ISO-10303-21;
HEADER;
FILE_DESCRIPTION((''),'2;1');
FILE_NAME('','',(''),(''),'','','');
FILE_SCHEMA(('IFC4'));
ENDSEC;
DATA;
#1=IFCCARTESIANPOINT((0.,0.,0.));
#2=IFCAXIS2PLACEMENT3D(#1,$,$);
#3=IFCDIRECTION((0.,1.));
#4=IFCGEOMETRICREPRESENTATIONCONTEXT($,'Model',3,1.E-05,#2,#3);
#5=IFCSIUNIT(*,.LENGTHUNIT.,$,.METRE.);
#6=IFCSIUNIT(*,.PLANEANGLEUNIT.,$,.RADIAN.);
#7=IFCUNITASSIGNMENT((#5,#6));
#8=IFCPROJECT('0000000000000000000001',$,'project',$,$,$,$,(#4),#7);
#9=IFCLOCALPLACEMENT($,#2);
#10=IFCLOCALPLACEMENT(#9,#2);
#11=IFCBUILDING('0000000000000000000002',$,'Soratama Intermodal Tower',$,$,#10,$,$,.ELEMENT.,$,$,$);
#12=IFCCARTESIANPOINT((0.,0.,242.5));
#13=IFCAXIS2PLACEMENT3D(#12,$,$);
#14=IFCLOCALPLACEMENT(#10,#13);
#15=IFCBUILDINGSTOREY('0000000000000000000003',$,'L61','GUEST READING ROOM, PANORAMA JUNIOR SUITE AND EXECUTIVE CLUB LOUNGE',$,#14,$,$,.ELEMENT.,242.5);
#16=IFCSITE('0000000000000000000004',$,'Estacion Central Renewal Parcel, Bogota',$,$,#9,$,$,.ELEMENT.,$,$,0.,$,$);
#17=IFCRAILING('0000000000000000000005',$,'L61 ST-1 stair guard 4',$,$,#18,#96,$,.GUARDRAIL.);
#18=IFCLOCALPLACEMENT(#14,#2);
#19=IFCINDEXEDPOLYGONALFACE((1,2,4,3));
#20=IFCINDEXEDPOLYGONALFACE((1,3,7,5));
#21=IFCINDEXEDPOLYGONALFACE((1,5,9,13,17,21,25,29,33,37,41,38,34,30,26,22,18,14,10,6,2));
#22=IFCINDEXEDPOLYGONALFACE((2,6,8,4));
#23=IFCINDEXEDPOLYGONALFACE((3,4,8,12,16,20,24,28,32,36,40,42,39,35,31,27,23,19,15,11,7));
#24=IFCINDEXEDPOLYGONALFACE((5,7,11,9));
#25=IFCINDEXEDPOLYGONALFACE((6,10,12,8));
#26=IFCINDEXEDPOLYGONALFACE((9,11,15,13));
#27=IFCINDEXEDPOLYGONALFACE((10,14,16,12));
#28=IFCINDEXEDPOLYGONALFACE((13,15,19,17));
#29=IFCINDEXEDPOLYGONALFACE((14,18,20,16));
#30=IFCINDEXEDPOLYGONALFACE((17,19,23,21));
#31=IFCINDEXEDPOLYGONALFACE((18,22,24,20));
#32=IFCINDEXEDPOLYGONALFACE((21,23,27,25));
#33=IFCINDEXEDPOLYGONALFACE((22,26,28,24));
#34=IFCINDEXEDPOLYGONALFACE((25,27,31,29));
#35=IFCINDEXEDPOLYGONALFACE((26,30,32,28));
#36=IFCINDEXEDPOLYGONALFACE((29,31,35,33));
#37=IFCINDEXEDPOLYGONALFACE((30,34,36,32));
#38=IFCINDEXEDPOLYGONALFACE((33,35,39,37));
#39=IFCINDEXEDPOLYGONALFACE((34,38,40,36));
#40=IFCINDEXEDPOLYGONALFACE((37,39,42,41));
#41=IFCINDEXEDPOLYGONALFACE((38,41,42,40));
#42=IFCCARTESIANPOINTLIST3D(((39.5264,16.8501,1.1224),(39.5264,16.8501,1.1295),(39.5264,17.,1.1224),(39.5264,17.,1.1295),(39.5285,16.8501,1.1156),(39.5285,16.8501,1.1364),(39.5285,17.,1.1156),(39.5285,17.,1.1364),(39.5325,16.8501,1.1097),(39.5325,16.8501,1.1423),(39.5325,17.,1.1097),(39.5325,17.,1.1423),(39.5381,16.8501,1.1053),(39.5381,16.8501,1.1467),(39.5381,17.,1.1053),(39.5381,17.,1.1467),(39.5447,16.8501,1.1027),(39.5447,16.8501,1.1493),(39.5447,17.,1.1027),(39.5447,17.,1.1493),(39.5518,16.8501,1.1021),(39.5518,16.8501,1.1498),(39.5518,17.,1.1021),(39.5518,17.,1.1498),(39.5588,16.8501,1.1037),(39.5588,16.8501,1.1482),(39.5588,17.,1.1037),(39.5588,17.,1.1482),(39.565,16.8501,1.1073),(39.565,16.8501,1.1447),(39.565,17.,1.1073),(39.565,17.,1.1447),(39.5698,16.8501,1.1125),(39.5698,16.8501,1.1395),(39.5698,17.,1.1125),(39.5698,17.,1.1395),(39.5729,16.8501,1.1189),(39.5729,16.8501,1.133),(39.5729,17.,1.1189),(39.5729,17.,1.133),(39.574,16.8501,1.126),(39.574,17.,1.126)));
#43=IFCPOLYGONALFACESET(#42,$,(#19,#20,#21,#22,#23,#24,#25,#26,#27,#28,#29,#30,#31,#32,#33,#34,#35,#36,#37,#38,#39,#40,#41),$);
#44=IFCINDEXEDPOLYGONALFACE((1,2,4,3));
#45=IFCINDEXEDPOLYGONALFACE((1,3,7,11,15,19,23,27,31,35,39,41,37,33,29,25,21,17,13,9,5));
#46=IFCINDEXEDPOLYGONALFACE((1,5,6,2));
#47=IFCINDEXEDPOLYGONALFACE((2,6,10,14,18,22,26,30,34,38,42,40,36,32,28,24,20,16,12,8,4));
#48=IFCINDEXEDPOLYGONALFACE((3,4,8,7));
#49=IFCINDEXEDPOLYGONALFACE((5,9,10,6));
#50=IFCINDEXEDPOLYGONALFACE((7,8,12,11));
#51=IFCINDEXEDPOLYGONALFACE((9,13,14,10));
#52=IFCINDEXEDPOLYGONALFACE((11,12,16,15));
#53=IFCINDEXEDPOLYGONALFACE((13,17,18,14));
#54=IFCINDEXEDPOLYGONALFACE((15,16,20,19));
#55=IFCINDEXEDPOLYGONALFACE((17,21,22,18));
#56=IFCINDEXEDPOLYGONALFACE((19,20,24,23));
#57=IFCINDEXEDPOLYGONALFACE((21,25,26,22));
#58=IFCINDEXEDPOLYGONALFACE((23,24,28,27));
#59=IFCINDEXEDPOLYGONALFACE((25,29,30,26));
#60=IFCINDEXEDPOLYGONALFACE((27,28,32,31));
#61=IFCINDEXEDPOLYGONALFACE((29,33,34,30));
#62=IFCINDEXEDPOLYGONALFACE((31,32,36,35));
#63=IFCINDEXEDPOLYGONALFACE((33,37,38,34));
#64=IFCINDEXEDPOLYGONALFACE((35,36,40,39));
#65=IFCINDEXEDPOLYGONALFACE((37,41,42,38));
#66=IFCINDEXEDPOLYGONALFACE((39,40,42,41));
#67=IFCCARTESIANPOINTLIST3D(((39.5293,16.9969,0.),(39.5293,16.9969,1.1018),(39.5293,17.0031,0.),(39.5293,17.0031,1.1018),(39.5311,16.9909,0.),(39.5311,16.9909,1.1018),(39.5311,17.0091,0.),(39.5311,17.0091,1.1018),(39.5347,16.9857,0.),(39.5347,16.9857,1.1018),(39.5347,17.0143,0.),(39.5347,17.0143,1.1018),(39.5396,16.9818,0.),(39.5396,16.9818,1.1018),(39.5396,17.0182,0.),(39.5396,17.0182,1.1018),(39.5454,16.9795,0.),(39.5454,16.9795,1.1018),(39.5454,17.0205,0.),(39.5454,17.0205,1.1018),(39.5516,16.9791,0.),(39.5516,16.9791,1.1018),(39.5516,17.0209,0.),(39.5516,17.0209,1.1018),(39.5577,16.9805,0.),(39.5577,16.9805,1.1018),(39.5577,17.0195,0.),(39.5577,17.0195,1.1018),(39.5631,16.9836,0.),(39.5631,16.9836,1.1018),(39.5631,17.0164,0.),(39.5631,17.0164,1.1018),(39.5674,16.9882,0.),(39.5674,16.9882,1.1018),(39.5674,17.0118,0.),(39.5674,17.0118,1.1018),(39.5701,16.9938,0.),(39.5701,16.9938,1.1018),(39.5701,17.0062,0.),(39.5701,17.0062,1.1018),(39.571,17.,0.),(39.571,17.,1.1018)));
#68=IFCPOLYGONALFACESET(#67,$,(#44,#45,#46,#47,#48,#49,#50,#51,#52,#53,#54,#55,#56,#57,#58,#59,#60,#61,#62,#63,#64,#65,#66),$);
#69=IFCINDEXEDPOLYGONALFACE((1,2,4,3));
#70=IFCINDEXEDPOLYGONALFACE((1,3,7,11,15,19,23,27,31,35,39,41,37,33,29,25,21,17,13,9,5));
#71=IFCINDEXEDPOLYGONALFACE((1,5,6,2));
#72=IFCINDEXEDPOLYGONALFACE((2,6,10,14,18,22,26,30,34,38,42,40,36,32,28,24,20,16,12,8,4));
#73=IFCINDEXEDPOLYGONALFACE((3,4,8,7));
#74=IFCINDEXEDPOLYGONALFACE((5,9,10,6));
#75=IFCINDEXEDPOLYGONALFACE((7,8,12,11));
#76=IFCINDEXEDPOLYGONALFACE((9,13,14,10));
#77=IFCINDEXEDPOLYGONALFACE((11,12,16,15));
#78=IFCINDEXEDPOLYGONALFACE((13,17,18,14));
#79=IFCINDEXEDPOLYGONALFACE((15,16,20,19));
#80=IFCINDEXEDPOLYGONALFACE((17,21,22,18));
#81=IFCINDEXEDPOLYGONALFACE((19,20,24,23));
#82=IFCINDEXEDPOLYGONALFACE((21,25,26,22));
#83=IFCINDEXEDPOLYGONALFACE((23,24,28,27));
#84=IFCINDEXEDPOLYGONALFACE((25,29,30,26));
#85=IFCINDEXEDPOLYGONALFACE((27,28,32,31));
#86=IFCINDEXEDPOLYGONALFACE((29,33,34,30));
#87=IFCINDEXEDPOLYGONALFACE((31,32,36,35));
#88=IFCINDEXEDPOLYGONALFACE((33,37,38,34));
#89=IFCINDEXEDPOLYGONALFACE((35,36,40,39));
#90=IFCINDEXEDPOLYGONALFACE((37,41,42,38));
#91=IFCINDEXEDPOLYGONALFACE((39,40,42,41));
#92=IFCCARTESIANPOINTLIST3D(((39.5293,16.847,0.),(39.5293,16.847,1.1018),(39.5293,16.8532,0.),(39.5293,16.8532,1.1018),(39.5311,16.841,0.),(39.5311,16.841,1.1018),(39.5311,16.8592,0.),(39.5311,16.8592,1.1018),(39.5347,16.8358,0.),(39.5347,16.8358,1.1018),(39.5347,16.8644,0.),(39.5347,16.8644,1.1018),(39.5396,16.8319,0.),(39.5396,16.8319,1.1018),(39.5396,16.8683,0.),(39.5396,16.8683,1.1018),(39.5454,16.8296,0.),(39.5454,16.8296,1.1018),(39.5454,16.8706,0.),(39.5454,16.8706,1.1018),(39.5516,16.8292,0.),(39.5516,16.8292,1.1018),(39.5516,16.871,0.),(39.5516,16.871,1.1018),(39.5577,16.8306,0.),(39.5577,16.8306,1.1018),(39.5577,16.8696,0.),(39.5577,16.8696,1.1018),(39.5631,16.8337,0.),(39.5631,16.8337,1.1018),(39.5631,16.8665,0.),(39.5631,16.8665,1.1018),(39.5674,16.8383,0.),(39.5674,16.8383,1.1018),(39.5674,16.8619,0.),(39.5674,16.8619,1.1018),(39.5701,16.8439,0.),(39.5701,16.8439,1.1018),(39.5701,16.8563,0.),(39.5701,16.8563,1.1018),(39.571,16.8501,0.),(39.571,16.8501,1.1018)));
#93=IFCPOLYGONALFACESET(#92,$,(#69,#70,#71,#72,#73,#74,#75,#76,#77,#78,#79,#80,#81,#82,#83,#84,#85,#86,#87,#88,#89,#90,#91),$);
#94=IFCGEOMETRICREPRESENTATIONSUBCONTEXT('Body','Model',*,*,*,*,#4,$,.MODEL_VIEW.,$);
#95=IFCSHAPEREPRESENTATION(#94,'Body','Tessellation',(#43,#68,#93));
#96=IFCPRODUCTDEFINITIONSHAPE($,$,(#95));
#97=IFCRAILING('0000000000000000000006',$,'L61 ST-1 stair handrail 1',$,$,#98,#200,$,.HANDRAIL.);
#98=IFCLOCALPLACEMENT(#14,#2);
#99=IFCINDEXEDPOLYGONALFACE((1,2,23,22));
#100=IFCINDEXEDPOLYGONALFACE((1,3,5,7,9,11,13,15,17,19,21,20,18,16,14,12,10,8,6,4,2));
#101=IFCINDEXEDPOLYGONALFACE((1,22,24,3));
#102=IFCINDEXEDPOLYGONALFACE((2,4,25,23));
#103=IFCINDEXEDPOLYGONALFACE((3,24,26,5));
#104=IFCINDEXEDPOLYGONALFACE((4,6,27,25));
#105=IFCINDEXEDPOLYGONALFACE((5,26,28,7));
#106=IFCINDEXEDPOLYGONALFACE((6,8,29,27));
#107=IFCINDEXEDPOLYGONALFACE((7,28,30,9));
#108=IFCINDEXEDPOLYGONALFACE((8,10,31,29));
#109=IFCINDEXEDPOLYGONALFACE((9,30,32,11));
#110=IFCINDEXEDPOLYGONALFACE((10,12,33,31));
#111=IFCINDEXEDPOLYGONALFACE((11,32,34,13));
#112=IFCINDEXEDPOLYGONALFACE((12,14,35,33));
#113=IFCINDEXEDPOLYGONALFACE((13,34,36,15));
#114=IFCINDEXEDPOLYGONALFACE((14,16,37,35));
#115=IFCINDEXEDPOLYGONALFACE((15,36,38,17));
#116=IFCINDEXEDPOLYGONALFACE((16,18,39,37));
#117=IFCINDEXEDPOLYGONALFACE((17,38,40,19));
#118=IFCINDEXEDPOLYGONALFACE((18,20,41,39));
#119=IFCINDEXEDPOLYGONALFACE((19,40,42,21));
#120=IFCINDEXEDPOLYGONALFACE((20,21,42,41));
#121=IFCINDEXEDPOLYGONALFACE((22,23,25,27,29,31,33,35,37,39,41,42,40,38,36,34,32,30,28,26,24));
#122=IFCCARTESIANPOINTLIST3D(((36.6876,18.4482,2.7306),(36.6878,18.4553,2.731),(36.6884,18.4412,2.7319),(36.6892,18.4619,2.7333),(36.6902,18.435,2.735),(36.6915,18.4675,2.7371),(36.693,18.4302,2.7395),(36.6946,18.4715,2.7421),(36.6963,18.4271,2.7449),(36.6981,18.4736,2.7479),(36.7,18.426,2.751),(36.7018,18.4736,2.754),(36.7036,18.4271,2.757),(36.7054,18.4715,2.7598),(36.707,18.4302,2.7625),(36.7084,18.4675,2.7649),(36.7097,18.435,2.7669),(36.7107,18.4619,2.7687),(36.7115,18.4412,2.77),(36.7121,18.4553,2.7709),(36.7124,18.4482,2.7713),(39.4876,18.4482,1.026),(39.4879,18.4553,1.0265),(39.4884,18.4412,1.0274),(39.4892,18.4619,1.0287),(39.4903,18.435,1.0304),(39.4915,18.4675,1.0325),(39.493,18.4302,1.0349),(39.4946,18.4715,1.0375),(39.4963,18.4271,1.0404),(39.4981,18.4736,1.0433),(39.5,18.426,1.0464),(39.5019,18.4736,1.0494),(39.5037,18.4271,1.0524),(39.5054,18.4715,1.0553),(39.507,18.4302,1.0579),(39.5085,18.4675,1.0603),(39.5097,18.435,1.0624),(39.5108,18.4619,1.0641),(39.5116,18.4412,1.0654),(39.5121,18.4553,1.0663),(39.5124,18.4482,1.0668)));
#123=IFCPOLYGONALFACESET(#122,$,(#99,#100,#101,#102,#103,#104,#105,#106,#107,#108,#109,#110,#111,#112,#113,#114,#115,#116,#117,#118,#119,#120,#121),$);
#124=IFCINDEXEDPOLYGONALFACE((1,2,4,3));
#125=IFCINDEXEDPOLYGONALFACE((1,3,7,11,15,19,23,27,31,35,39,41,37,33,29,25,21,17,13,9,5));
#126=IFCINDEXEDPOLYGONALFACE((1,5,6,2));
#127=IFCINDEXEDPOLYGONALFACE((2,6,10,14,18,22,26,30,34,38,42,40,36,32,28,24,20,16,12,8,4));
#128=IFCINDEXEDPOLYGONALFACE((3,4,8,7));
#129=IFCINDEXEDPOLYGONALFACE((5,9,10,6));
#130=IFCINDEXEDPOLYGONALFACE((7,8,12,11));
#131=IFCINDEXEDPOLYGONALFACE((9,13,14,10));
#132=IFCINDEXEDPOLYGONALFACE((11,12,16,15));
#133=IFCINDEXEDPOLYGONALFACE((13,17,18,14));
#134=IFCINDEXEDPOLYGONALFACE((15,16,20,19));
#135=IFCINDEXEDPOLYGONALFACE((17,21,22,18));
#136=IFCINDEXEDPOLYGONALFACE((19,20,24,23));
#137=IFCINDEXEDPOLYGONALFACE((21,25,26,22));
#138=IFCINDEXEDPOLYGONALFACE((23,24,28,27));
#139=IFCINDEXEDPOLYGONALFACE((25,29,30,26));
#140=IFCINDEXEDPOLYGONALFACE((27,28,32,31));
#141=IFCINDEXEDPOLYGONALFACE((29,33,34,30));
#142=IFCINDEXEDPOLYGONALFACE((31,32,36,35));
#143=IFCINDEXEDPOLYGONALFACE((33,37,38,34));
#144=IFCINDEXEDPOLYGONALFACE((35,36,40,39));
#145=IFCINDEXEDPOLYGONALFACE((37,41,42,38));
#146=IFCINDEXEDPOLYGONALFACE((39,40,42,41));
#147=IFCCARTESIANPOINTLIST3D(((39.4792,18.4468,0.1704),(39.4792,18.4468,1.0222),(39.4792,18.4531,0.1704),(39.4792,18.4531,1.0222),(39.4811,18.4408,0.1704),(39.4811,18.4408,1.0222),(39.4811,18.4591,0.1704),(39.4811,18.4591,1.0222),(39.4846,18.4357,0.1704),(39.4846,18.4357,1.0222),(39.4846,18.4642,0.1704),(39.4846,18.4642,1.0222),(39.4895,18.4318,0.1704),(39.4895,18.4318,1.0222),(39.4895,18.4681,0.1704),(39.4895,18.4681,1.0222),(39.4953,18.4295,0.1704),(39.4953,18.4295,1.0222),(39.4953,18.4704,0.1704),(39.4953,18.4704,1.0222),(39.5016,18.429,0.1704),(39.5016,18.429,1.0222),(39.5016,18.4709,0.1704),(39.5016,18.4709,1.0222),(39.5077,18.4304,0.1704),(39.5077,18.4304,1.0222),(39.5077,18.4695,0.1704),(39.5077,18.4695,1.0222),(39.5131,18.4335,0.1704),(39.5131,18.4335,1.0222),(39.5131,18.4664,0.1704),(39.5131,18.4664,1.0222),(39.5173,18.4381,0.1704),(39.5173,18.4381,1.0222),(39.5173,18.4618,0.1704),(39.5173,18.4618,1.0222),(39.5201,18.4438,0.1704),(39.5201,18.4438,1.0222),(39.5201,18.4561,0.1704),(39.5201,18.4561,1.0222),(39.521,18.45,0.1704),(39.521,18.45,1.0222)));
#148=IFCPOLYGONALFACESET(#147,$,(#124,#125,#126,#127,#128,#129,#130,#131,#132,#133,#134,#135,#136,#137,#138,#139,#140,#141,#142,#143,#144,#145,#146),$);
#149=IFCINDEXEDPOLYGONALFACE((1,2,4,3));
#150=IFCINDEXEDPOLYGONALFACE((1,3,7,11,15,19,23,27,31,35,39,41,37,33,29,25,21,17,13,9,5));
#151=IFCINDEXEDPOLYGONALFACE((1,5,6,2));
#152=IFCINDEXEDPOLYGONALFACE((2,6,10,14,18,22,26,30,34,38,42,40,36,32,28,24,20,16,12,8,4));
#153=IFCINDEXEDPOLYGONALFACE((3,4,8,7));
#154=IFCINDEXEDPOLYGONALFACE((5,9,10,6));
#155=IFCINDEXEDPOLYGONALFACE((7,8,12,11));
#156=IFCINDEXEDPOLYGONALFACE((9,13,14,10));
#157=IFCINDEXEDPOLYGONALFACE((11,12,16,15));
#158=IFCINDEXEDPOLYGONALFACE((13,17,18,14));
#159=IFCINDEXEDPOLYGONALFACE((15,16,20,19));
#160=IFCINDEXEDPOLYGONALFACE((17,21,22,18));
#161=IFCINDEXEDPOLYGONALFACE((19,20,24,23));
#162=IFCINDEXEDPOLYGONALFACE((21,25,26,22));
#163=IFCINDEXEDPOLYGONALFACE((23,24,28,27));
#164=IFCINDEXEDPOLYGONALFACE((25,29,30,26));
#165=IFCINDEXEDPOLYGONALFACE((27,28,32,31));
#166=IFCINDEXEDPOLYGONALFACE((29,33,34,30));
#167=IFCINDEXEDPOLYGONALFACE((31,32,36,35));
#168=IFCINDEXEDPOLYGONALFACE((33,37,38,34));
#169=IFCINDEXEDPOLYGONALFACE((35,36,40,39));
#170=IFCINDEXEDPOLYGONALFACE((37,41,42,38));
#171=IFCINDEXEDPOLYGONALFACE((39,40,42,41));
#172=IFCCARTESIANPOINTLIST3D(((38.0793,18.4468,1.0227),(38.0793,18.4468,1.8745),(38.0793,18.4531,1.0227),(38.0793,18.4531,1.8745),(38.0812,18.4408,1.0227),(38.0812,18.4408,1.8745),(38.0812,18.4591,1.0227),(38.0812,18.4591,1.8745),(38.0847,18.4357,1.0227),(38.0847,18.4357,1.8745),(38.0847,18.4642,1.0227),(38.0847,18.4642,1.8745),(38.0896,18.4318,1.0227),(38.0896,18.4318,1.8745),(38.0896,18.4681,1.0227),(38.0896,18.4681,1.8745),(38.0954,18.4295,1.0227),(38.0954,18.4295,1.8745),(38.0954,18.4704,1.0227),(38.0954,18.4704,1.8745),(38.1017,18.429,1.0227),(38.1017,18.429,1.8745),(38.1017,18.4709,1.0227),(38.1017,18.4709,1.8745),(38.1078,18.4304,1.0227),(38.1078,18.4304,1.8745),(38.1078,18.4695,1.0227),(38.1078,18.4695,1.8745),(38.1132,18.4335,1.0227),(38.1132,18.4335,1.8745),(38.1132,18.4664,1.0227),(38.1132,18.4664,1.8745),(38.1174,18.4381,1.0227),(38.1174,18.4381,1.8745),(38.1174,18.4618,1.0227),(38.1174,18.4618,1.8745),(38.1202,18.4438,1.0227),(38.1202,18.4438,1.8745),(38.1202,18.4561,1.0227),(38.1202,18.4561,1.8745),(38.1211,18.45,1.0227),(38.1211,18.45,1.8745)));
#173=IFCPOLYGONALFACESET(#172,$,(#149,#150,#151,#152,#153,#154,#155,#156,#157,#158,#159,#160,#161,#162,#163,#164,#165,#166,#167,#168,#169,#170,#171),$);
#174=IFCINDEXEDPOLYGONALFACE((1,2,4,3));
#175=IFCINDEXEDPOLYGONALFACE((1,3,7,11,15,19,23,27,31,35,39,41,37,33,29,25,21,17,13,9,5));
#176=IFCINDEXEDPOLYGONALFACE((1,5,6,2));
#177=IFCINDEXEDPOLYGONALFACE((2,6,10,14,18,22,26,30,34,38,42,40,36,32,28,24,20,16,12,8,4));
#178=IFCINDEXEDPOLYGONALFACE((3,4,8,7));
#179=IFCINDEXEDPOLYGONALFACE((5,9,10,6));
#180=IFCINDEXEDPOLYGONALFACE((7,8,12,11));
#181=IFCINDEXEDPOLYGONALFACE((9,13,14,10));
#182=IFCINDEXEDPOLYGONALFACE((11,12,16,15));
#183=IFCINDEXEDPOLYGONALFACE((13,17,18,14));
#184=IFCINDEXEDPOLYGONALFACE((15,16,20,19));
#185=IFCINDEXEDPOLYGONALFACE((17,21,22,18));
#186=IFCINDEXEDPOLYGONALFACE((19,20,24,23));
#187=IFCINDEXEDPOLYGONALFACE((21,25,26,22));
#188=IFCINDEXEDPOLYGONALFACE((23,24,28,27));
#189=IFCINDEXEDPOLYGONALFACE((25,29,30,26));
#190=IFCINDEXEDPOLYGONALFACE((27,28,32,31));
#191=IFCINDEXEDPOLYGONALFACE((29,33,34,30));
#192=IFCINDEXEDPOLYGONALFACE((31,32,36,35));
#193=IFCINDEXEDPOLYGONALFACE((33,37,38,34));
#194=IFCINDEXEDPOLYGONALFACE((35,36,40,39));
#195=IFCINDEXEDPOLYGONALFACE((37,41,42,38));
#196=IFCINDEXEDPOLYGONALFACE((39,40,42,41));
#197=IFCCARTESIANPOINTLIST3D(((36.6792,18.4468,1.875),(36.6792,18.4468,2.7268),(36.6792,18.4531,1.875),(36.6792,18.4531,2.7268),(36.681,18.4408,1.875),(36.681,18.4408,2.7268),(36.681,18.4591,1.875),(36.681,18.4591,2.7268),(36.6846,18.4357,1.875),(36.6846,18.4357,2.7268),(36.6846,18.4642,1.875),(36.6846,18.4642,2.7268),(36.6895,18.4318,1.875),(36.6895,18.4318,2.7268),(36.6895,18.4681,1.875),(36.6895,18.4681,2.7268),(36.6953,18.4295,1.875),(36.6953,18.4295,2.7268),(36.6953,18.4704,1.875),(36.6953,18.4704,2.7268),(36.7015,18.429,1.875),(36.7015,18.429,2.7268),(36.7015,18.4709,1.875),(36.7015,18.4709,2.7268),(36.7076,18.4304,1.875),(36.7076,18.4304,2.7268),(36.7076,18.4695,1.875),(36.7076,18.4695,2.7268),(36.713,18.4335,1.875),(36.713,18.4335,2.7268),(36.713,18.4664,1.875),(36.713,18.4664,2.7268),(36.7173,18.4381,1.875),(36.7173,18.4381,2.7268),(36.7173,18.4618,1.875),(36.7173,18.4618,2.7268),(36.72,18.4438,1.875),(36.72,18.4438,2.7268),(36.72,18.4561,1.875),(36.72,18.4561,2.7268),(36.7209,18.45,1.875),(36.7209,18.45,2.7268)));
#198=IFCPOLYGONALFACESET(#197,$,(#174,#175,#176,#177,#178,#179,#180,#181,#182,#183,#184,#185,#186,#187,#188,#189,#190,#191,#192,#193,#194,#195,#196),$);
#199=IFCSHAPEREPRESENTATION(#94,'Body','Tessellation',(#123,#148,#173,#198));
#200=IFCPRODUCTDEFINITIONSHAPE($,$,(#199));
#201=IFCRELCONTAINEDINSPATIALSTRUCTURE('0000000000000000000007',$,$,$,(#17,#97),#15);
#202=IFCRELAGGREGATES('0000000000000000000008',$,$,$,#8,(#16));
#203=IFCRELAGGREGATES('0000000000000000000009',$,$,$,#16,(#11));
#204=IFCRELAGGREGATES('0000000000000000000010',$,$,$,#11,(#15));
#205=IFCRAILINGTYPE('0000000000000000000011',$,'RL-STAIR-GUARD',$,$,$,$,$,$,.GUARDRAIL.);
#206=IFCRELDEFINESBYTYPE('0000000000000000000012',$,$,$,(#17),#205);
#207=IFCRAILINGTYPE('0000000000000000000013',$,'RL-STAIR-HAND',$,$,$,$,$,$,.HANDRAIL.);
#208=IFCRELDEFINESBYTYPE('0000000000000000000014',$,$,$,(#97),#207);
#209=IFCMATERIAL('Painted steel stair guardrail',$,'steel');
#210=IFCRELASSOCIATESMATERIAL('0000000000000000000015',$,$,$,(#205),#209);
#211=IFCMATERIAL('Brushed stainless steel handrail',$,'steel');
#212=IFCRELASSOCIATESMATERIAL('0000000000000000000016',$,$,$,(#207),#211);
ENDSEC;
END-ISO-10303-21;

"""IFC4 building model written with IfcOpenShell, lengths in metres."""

from ifc_helpers import new_model, si_unit, direction, frame, origin, origin_2d, place, context, subcontext, project, spatial, circle, extrude, material, type_object, element, save


model = new_model("IFC4")

# Units and contexts
model_context = context("Model", 3, precision=1e-05, world=origin(), true_north=direction((0.0, 1.0)))
body_context = subcontext(model_context, "Body", "Model", "MODEL_VIEW")
ifc_project = project(units=[si_unit("LENGTHUNIT", "METRE"), si_unit("PLANEANGLEUNIT", "RADIAN")], contexts=[model_context])

# Site, building, storey
site_placement = place(None, origin())
site = spatial("IfcSite", under=ifc_project, at=site_placement, Name="Estacion Central Renewal Parcel, Bogota", CompositionType="ELEMENT", RefElevation=0.0)
building_placement = place(site_placement, origin())
building = spatial("IfcBuilding", under=site, at=building_placement, Name="Soratama Intermodal Tower", CompositionType="ELEMENT")
storey_placement = place(building_placement, frame((0.0, 0.0, 242.5)))
storey = spatial("IfcBuildingStorey", under=building, at=storey_placement, Name="L61", Description="GUEST READING ROOM, PANORAMA JUNIOR SUITE AND EXECUTIVE CLUB LOUNGE", CompositionType="ELEMENT", Elevation=242.5)

# Railings
ifc_material_1 = material(Name="Painted steel stair guardrail", Category="steel")
railing_type_1 = type_object("IfcRailingType", Name="RL-STAIR-GUARD", PredefinedType="GUARDRAIL", material=ifc_material_1)
railing_1_placement = place(storey_placement, frame((39.55, 17.0, 0.0)))
element("IfcRailing", 1, at=railing_1_placement, inside=storey, type_object=railing_type_1, Name="L61 ST-1 stair guard 4", PredefinedType="GUARDRAIL", context=body_context, shape_type="SweptSolid", body=[
    extrude(circle(Radius=0.0239, at=origin_2d()), frame((0.0, 0.0, 1.126), z_axis=(0.0, -1.0, 0.0), x_axis=(1.0, 0.0, 0.0)), (0.0, 0.0, 1.0), 0.1499),
    extrude(circle(Radius=0.021, at=origin_2d()), origin(), (0.0, 0.0, 1.0), 1.1018),
    extrude(circle(Radius=0.021, at=origin_2d()), frame((0.0, -0.1499, 0.0)), (0.0, 0.0, 1.0), 1.1018),
])
ifc_material_2 = material(Name="Brushed stainless steel handrail", Category="steel")
railing_type_2 = type_object("IfcRailingType", Name="RL-STAIR-HAND", PredefinedType="HANDRAIL", material=ifc_material_2)
railing_2_placement = place(storey_placement, frame((39.5, 18.45, 0.1704)))
element("IfcRailing", 2, at=railing_2_placement, inside=storey, type_object=railing_type_2, Name="L61 ST-1 stair handrail 1", PredefinedType="HANDRAIL", context=body_context, shape_type="SweptSolid", body=[
    extrude(circle(Radius=0.0239, at=origin_2d()), frame((0.0, 0.0, 0.876), z_axis=(-0.85417, 0.0, 0.519994), x_axis=(0.0, -1.0, 0.0)), (0.0, 0.0, 1.0), 3.2781),
    extrude(circle(Radius=0.021, at=origin_2d()), origin(), (0.0, 0.0, 1.0), 0.8518),
    extrude(circle(Radius=0.021, at=origin_2d()), frame((-1.3999, 0.0, 0.8523)), (0.0, 0.0, 1.0), 0.8518),
    extrude(circle(Radius=0.021, at=origin_2d()), frame((-2.8, 0.0, 1.7046)), (0.0, 0.0, 1.0), 0.8518),
])

save(model, "model.ifc")
